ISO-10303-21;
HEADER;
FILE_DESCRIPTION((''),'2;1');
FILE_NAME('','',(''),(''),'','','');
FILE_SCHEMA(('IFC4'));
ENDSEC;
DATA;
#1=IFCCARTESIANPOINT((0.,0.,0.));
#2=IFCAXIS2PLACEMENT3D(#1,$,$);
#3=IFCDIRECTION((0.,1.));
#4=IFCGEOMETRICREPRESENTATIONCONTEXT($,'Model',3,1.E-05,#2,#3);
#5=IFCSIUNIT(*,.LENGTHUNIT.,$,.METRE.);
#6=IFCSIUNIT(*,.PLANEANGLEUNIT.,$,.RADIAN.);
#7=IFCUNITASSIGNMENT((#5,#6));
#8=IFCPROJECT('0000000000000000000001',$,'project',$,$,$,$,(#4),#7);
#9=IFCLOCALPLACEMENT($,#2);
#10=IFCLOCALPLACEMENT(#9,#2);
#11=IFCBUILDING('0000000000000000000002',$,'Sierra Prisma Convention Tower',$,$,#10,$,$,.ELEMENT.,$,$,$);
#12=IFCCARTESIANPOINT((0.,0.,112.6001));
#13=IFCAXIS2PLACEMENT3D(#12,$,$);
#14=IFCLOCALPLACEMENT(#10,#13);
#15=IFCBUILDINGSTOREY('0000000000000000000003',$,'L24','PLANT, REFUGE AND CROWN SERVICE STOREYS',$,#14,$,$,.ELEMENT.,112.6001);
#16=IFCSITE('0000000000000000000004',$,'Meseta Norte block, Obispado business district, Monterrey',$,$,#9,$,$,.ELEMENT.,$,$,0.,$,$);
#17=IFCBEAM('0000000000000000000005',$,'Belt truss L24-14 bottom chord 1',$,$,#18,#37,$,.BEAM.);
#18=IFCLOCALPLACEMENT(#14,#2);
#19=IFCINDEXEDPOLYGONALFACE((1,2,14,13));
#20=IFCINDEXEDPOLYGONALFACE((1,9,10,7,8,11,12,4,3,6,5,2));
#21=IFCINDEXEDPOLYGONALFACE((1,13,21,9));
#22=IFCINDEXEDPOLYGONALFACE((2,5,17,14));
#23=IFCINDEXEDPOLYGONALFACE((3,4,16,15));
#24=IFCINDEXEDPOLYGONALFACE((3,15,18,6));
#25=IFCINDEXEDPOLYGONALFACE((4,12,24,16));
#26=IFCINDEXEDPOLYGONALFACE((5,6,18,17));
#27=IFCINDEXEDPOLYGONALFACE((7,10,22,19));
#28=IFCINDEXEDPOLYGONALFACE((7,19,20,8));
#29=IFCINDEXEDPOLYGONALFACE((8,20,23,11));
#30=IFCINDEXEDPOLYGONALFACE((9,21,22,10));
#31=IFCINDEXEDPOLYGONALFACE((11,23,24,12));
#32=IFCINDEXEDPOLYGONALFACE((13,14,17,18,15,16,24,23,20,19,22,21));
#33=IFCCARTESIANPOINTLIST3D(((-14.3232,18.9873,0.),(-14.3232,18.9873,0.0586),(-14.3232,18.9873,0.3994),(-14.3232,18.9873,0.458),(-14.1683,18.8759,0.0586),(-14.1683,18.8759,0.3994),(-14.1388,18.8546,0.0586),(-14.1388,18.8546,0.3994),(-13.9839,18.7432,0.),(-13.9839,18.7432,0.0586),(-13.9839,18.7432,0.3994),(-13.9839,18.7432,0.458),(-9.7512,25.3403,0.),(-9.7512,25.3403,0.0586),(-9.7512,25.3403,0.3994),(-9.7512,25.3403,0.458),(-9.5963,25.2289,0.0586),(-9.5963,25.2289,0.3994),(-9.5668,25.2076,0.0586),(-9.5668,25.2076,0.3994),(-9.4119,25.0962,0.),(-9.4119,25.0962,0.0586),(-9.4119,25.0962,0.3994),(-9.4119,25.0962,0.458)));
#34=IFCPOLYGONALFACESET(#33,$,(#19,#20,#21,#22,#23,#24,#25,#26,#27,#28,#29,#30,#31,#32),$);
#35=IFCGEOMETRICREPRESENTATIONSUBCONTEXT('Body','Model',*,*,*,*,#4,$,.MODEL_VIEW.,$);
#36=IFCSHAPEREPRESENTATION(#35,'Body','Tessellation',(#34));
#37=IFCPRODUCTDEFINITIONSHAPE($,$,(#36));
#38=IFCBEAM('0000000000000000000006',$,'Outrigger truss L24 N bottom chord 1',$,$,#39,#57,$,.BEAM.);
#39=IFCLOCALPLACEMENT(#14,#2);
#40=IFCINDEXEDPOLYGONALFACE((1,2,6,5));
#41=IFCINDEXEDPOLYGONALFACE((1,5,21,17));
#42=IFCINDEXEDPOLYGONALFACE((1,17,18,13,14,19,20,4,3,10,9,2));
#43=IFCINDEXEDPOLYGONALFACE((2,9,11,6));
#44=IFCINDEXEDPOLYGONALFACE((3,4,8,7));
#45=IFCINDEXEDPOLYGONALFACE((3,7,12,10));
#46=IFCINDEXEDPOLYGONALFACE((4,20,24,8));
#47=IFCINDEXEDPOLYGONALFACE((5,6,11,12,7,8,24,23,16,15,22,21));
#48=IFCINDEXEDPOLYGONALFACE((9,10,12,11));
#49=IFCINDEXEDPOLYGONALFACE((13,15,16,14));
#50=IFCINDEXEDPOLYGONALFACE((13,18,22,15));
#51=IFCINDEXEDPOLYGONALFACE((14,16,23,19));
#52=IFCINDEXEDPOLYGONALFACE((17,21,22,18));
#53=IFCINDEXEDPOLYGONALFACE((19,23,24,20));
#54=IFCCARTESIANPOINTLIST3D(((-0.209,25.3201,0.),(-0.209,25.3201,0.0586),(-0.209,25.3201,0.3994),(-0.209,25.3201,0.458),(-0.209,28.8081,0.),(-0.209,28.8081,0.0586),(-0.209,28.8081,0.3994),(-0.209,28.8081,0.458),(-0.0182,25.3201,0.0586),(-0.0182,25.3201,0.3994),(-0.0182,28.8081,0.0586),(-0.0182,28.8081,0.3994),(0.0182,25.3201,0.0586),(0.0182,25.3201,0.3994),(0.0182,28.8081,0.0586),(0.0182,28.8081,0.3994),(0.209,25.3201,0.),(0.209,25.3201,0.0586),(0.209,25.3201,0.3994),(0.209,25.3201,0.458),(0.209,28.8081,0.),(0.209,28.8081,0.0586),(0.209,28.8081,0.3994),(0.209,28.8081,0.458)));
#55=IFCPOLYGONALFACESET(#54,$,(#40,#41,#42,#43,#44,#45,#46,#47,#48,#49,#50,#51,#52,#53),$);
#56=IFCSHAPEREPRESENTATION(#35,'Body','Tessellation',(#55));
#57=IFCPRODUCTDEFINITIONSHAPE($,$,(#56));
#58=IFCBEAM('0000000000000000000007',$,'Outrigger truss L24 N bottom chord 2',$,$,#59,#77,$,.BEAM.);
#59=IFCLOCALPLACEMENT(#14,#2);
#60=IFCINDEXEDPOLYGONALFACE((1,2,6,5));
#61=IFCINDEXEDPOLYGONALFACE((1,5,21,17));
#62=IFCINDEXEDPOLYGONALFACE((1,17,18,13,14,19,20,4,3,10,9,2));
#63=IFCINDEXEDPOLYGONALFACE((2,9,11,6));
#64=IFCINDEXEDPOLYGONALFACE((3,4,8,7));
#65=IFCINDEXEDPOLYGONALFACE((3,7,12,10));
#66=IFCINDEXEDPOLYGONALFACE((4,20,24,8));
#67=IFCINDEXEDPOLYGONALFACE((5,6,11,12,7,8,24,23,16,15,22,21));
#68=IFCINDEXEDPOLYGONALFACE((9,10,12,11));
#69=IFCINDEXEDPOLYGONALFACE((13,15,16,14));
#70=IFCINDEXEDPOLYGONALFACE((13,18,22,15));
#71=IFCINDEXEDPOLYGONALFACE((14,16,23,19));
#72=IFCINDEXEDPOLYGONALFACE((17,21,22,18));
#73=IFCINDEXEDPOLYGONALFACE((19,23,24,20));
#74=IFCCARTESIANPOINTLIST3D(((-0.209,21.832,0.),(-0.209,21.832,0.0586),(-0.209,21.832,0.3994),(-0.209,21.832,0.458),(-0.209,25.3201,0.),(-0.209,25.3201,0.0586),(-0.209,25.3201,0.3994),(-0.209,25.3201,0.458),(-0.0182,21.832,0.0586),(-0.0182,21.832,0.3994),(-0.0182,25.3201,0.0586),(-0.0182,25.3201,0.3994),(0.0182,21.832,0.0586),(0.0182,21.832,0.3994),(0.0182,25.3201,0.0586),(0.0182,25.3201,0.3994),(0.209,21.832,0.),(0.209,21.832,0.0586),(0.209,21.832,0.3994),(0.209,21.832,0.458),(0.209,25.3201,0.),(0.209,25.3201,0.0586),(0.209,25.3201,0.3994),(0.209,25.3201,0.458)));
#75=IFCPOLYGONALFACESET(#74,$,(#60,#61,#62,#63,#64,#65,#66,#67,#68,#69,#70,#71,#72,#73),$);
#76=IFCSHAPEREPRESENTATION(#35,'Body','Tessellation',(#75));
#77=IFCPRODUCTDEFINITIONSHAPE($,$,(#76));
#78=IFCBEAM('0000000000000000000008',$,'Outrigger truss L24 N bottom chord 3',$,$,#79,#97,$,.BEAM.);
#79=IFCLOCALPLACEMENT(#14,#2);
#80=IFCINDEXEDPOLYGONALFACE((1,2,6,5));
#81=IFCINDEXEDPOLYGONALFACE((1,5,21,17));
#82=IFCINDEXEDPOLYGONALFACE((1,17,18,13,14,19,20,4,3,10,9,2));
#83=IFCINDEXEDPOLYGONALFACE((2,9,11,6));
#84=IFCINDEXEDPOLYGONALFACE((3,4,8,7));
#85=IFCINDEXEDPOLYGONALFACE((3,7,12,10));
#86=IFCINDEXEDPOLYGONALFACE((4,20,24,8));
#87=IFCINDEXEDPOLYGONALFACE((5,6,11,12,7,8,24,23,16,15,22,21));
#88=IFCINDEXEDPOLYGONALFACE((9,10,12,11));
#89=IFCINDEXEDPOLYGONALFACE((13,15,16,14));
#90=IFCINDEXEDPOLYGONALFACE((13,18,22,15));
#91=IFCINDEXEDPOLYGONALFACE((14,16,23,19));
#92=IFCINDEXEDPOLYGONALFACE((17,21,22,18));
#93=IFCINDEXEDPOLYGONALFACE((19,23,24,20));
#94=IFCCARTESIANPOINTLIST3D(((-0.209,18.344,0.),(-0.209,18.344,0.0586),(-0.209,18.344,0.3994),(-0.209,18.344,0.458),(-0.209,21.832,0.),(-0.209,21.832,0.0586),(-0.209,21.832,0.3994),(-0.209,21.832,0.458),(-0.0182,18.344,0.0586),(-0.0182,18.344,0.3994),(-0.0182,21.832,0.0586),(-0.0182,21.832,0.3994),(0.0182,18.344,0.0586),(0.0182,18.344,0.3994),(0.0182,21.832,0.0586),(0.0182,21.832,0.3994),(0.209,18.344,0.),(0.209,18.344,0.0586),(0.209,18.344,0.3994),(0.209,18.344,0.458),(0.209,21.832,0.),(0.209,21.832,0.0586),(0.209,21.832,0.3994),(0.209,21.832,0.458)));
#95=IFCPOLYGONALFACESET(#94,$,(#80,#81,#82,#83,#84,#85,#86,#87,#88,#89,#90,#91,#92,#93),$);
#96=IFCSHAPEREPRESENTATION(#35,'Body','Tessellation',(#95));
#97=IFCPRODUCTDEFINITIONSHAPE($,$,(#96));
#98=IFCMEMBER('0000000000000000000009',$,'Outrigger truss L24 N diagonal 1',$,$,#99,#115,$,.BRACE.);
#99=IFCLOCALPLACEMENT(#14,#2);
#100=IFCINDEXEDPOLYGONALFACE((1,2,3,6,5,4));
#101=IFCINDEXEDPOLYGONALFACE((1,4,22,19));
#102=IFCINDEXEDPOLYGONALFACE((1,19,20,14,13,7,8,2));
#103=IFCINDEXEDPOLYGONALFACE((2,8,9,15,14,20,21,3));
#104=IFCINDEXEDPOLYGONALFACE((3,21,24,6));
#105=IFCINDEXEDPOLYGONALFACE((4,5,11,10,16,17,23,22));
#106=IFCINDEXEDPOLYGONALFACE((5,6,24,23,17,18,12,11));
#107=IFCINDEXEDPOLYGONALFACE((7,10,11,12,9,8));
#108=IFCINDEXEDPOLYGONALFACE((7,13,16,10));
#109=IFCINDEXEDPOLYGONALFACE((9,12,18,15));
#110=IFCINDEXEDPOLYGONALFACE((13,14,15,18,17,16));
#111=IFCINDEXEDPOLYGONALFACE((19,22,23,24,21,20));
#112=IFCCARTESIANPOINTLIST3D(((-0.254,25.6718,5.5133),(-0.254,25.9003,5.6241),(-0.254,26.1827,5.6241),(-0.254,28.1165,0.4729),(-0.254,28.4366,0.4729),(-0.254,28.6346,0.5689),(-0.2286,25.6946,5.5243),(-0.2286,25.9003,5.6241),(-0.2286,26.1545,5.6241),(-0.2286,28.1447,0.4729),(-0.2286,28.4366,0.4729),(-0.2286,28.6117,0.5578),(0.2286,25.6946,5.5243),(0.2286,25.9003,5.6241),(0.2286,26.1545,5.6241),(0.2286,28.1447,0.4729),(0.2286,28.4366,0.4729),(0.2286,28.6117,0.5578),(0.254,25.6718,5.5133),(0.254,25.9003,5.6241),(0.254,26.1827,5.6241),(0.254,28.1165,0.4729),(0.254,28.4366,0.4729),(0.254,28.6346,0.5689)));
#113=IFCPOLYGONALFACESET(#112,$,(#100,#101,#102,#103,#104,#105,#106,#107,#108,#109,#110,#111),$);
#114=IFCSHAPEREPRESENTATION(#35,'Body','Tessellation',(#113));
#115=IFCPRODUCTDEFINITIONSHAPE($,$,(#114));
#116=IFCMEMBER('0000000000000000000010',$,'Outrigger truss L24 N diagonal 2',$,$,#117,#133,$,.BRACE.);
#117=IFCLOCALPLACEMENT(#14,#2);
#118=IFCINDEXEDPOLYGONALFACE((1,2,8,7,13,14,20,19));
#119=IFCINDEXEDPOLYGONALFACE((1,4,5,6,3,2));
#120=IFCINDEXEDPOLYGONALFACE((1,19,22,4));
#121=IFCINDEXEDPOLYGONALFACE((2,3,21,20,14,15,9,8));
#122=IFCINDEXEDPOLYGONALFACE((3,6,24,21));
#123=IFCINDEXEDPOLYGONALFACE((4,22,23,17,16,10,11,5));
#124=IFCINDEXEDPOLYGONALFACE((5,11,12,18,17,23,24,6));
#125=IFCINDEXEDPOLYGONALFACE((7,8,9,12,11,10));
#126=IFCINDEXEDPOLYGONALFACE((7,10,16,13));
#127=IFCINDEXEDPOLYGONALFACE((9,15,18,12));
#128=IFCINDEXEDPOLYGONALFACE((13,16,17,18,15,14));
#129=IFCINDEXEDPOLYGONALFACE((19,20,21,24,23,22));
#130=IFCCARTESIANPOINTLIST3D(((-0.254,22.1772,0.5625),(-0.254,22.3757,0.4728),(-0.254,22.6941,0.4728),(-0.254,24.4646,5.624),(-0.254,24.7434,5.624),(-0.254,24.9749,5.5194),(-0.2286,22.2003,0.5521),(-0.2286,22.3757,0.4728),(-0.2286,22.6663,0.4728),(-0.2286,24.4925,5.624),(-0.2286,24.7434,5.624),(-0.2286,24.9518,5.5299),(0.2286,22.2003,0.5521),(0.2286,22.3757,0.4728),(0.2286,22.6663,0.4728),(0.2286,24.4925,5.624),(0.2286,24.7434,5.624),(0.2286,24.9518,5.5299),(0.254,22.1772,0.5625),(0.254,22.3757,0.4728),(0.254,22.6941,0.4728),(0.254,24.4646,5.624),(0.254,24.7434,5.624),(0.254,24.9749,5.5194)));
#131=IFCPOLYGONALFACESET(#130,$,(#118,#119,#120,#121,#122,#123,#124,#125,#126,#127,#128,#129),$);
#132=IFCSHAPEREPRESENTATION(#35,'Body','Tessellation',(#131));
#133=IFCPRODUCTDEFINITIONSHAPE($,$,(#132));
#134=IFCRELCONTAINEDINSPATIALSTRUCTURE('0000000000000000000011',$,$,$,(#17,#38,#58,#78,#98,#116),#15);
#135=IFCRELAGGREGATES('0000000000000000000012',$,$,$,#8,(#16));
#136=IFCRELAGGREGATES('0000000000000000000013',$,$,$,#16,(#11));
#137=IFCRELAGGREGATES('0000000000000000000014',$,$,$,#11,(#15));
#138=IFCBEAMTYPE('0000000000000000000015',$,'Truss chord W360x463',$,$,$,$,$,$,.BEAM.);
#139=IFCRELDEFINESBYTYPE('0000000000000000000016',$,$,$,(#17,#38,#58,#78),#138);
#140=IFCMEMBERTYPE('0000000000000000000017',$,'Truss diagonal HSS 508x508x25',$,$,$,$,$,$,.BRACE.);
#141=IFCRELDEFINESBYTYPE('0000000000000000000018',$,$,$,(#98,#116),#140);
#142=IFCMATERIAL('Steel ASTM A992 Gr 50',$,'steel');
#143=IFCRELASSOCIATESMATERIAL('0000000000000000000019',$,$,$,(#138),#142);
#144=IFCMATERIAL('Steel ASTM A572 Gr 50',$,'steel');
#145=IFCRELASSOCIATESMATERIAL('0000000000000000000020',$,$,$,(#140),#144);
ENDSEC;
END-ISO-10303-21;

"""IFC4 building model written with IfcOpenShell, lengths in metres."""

from ifc_helpers import new_model, si_unit, direction, frame, origin, origin_2d, place, context, subcontext, project, spatial, hollow_rectangle, i_section, extrude, clip, halfspace, material, material_profile, profile_set, type_object, element, save


model = new_model("IFC4")

# Units and contexts
model_context = context("Model", 3, precision=1e-05, world=origin(), true_north=direction((0.0, 1.0)))
body_context = subcontext(model_context, "Body", "Model", "MODEL_VIEW")
ifc_project = project(units=[si_unit("LENGTHUNIT", "METRE"), si_unit("PLANEANGLEUNIT", "RADIAN")], contexts=[model_context])

# Site, building, storey
site_placement = place(None, origin())
site = spatial("IfcSite", under=ifc_project, at=site_placement, Name="Meseta Norte block, Obispado business district, Monterrey", CompositionType="ELEMENT", RefElevation=0.0)
building_placement = place(site_placement, origin())
building = spatial("IfcBuilding", under=site, at=building_placement, Name="Sierra Prisma Convention Tower", CompositionType="ELEMENT")
storey_placement = place(building_placement, frame((0.0, 0.0, 112.6001)))
storey = spatial("IfcBuildingStorey", under=building, at=storey_placement, Name="L24", Description="PLANT, REFUGE AND CROWN SERVICE STOREYS", CompositionType="ELEMENT", Elevation=112.6001)

# Beams
ifc_material_1 = material(Name="Steel ASTM A992 Gr 50", Category="steel")
ifc_material_profile_1 = material_profile(ifc_material_1, i_section(OverallWidth=0.418, OverallDepth=0.458, WebThickness=0.0364, FlangeThickness=0.0586, at=origin_2d()), Name="W360x463")
ifc_profile_set_1 = profile_set([ifc_material_profile_1], Name="Steel ASTM A992 Gr 50")
beam_type_1 = type_object("IfcBeamType", Name="Truss chord W360x463", PredefinedType="BEAM", material=ifc_profile_set_1)
beam_1_placement = place(storey_placement, frame((-9.5815, 25.2183, 0.229), z_axis=(-0.584123, -0.811665, 0.0), x_axis=(0.811665, -0.584123, 0.0)))
element("IfcBeam", 1, at=beam_1_placement, inside=storey, type_object=beam_type_1, Name="Belt truss L24-14 bottom chord 1", PredefinedType="BEAM", context=body_context, shape_type="SweptSolid", body=[
    extrude(i_section(OverallWidth=0.418, OverallDepth=0.458, WebThickness=0.0364, FlangeThickness=0.0586, at=origin_2d()), origin(), (0.0, 0.0, 1.0), 7.8271),
])
for number, where, z_axis, x_axis, name in (
    (2, (0.0, 28.8081, 0.229), (0.0, -1.0, 0.0), (1.0, 0.0, 0.0), "Outrigger truss L24 N bottom chord 1"),
    (3, (0.0, 25.3201, 0.229), (0.0, -1.0, 0.0), (1.0, 0.0, 0.0), "Outrigger truss L24 N bottom chord 2"),
    (4, (0.0, 21.832, 0.229), (0.0, -1.0, 0.0), (1.0, 0.0, 0.0), "Outrigger truss L24 N bottom chord 3"),
):
    element("IfcBeam", number, at=place(storey_placement, frame(where, z_axis=z_axis, x_axis=x_axis)), inside=storey, type_object=beam_type_1, Name=name, PredefinedType="BEAM", context=body_context, shape_type="SweptSolid", body=[
        extrude(i_section(OverallWidth=0.418, OverallDepth=0.458, WebThickness=0.0364, FlangeThickness=0.0586, at=origin_2d()), origin(), (0.0, 0.0, 1.0), 3.488),
    ])

# Members
ifc_material_2 = material(Name="Steel ASTM A572 Gr 50", Category="steel")
ifc_material_profile_2 = material_profile(ifc_material_2, hollow_rectangle(XDim=0.5081, YDim=0.5081, WallThickness=0.0254, at=origin_2d()), Name="Truss diagonal HSS 508x508x25")
ifc_profile_set_2 = profile_set([ifc_material_profile_2], Name="Steel ASTM A572 Gr 50")
member_type_1 = type_object("IfcMemberType", Name="Truss diagonal HSS 508x508x25", PredefinedType="BRACE", material=ifc_profile_set_2)
member_1_placement = place(storey_placement, frame((0.0, 28.406, 0.458), z_axis=(0.0, -0.436398, 0.899754), x_axis=(1.0, 0.0, 0.0)))
element("IfcMember", 5, at=member_1_placement, inside=storey, type_object=member_type_1, Name="Outrigger truss L24 N diagonal 1", PredefinedType="BRACE", context=body_context, shape_type="SweptSolid", body=[
    clip(clip(extrude(hollow_rectangle(XDim=0.5081, YDim=0.5081, WallThickness=0.0254, at=origin_2d()), origin(), (0.0, 0.0, 1.0), 5.7417), halfspace(frame((0.0, 0.0063, 0.0134), z_axis=(0.0, 0.436398, 0.899754), x_axis=(1.0, 0.0, 0.0)), True)), halfspace(frame((0.0, 0.0, 5.7417), z_axis=(0.0, -0.436398, -0.899754), x_axis=(1.0, 0.0, 0.0)), True)),
])
member_2_placement = place(storey_placement, frame((0.0, 24.7434, 5.624), z_axis=(0.0, -0.411832, -0.91126), x_axis=(1.0, 0.0, 0.0)))
element("IfcMember", 6, at=member_2_placement, inside=storey, type_object=member_type_1, Name="Outrigger truss L24 N diagonal 2", PredefinedType="BRACE", context=body_context, shape_type="SweptSolid", body=[
    clip(clip(extrude(hollow_rectangle(XDim=0.5081, YDim=0.5081, WallThickness=0.0254, at=origin_2d()), origin(), (0.0, 0.0, 1.0), 5.6692), halfspace(frame((0.0, 0.0, 0.0), z_axis=(0.0, -0.411832, 0.91126), x_axis=(1.0, 0.0, 0.0)), True)), halfspace(frame((0.0, 0.0059, 5.6555), z_axis=(0.0, 0.411832, -0.91126), x_axis=(1.0, 0.0, 0.0)), True)),
])

save(model, "model.ifc")
